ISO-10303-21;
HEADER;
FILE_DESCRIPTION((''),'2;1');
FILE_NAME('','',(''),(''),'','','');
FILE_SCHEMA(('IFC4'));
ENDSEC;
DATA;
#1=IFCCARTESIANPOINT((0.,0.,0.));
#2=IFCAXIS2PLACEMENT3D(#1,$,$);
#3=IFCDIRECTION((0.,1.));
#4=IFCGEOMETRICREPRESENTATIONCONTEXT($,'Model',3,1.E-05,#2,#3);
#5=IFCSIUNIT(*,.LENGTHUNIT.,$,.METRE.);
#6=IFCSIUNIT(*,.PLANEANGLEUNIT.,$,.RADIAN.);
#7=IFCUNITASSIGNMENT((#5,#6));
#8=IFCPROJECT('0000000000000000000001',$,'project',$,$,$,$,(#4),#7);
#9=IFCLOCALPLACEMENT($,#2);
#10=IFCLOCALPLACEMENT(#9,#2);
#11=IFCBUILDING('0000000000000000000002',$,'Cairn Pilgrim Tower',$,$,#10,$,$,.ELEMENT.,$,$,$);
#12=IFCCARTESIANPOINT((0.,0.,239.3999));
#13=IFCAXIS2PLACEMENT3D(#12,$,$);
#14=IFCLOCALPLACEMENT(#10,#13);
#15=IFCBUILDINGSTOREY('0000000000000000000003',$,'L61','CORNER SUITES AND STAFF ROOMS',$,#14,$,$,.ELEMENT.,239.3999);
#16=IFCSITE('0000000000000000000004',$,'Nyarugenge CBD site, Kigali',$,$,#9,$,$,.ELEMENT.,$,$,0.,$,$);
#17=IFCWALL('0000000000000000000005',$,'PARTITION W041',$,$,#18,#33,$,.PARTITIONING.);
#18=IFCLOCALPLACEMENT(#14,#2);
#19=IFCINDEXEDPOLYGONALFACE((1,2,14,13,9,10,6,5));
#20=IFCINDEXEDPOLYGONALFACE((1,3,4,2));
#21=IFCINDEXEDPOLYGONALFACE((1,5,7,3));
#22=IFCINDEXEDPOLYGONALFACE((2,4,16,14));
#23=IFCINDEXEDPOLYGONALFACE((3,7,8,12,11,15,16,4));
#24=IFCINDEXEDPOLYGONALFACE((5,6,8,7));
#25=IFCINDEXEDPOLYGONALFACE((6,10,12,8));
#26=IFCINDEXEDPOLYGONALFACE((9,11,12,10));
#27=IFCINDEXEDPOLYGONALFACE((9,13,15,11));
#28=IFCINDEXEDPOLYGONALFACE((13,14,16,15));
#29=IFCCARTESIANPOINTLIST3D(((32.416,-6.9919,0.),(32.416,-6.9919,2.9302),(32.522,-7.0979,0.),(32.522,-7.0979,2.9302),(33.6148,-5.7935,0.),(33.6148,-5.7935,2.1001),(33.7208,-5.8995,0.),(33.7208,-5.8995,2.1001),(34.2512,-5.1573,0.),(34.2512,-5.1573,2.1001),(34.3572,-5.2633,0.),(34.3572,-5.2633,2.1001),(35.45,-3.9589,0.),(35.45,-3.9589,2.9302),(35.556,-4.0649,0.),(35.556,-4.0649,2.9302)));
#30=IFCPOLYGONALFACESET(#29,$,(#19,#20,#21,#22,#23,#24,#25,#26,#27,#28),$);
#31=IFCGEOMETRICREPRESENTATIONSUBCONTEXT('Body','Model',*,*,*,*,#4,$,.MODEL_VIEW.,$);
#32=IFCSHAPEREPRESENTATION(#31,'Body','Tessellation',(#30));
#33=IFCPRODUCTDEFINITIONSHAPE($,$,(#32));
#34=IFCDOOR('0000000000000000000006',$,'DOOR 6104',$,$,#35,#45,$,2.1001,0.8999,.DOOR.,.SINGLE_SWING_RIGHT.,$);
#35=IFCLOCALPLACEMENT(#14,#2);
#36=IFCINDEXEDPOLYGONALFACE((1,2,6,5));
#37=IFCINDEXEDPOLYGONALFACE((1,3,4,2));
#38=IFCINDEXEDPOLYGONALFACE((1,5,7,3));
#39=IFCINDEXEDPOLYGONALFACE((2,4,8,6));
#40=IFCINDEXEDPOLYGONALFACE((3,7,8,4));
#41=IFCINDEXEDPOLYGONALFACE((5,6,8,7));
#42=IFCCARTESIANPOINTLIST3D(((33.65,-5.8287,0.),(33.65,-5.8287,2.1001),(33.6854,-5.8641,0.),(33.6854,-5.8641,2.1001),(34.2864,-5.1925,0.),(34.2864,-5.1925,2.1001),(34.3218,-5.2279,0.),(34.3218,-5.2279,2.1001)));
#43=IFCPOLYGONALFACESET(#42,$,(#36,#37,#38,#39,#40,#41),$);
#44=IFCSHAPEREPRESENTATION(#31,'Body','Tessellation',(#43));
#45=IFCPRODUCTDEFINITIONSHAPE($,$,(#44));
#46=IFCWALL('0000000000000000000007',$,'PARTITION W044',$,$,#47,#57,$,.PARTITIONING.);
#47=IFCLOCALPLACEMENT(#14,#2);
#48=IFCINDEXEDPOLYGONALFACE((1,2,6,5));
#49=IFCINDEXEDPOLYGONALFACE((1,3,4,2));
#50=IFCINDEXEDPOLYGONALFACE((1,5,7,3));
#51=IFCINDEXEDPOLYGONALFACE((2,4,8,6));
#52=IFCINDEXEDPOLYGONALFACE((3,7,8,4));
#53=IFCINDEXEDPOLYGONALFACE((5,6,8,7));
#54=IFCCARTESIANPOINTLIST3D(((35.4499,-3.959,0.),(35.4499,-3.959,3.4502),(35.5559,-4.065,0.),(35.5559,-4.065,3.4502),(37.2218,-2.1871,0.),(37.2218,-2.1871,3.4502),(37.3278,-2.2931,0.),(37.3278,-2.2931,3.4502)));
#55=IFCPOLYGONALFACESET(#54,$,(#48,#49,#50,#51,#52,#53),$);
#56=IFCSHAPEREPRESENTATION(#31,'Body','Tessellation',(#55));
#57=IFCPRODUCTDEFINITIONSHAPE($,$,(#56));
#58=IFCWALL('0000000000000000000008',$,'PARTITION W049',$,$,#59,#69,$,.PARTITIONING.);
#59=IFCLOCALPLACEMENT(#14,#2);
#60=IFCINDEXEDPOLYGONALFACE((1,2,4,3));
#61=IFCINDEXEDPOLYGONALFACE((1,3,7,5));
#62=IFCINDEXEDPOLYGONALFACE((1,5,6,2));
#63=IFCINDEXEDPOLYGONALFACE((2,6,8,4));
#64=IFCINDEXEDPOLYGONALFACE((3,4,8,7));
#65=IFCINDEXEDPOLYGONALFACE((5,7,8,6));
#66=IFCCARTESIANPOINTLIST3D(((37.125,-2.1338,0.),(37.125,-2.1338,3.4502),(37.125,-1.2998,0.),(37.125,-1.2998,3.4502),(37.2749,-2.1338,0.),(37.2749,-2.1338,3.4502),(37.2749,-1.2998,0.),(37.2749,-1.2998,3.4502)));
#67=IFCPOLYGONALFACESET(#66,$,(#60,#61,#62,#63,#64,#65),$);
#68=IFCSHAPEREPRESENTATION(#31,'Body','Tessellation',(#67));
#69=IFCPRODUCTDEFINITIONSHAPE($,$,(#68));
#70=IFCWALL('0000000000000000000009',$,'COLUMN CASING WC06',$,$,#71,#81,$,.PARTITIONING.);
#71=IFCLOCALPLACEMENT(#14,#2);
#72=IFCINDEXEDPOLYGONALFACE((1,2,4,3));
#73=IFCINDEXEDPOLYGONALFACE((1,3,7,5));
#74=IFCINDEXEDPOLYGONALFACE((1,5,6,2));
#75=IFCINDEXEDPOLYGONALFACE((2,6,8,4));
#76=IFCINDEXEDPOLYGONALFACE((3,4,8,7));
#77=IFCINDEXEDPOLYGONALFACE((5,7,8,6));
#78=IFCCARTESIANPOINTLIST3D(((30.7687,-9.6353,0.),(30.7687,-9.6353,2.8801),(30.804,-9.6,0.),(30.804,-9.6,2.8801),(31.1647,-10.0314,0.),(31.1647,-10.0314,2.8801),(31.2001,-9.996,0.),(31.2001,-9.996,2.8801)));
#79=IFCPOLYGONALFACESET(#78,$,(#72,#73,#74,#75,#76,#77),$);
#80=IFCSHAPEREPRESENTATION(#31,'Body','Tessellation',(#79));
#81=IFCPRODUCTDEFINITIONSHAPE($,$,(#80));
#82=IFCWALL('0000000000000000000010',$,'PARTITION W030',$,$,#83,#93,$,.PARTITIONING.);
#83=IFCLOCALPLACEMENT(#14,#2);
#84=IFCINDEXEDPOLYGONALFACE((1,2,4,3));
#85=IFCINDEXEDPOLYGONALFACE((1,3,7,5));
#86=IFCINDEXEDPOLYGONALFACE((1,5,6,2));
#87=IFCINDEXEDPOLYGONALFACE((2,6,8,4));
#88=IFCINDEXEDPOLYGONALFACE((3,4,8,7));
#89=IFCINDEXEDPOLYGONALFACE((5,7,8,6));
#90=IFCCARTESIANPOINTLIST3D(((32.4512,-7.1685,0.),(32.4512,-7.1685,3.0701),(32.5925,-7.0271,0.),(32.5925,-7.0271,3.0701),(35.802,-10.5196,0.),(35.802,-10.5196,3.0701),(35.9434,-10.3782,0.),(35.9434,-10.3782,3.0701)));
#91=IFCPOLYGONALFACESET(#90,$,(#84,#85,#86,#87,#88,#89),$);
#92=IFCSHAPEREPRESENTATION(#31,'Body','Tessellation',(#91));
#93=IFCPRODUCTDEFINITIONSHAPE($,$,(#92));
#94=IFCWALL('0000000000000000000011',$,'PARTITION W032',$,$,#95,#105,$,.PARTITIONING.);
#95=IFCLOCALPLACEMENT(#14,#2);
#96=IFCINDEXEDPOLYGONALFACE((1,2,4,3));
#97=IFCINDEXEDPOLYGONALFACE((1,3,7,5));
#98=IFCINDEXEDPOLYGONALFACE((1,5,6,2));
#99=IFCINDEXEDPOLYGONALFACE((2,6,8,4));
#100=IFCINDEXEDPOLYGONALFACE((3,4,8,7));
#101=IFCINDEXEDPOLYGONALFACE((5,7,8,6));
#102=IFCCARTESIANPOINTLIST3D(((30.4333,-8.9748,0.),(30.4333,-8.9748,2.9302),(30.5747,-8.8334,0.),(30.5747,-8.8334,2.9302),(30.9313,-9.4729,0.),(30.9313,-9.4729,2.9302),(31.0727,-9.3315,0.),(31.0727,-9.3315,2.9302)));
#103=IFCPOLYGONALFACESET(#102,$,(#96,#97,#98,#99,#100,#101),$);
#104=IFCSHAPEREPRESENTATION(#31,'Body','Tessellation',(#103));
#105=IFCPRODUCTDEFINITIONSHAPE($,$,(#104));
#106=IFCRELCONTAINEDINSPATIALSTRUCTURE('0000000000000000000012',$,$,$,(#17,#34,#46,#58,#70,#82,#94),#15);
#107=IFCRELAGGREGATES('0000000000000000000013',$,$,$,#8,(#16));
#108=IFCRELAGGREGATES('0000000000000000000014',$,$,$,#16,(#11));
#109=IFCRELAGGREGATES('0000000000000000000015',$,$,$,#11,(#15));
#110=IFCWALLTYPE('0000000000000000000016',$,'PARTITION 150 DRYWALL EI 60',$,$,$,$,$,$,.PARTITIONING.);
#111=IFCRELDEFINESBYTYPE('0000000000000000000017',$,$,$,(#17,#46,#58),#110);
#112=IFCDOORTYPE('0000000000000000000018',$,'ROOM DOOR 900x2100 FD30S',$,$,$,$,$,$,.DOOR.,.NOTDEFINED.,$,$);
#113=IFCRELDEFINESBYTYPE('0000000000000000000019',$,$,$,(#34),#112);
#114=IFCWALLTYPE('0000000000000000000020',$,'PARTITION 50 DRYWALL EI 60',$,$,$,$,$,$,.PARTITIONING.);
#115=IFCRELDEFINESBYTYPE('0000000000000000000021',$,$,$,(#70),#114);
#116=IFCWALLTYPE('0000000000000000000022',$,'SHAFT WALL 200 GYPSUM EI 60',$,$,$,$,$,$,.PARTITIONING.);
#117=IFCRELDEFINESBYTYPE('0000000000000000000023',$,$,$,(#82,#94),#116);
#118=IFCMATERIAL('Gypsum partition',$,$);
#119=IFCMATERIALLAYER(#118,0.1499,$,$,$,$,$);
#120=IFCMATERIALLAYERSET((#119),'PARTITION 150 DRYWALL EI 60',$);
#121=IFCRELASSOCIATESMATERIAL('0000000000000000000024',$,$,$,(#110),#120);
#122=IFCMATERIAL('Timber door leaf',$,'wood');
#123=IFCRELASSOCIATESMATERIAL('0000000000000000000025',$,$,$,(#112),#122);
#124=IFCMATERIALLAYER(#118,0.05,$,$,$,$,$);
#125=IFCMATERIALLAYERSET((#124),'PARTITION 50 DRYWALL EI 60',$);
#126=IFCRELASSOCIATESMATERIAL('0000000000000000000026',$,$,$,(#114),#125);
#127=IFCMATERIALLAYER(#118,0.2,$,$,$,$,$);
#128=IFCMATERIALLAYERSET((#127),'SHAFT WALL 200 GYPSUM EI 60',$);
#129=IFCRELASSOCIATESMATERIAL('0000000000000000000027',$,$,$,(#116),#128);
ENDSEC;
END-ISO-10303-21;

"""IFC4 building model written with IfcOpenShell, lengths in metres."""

from ifc_helpers import new_model, si_unit, direction, frame, frame_2d, origin, place, context, subcontext, project, spatial, rectangle, extrude, material, layer, layer_set, type_object, element, fill, save


model = new_model("IFC4")

# Units and contexts
model_context = context("Model", 3, precision=1e-05, world=origin(), true_north=direction((0.0, 1.0)))
body_context = subcontext(model_context, "Body", "Model", "MODEL_VIEW")
ifc_project = project(units=[si_unit("LENGTHUNIT", "METRE"), si_unit("PLANEANGLEUNIT", "RADIAN")], contexts=[model_context])

# Site, building, storey
site_placement = place(None, origin())
site = spatial("IfcSite", under=ifc_project, at=site_placement, Name="Nyarugenge CBD site, Kigali", CompositionType="ELEMENT", RefElevation=0.0)
building_placement = place(site_placement, origin())
building = spatial("IfcBuilding", under=site, at=building_placement, Name="Cairn Pilgrim Tower", CompositionType="ELEMENT")
storey_placement = place(building_placement, frame((0.0, 0.0, 239.3999)))
storey = spatial("IfcBuildingStorey", under=building, at=storey_placement, Name="L61", Description="CORNER SUITES AND STAFF ROOMS", CompositionType="ELEMENT", Elevation=239.3999)

# Shared definitions
ifc_material_1 = material(Name="Gypsum partition")

# Wall, opening, door
ifc_material_2 = material(Name="Timber door leaf", Category="wood")
ifc_layer_1 = layer(ifc_material_1, 0.1499)
ifc_layer_set_1 = layer_set([ifc_layer_1], Name="PARTITION 150 DRYWALL EI 60")
wall_type_1 = type_object("IfcWallType", Name="PARTITION 150 DRYWALL EI 60", PredefinedType="PARTITIONING", material=ifc_layer_set_1)
wall_1_placement = place(storey_placement, frame((32.469, -7.0449, 0.0), z_axis=(0.0, 0.0, 1.0), x_axis=(0.707221, 0.706993, 0.0)))
wall_1 = element("IfcWall", 1, at=wall_1_placement, inside=storey, type_object=wall_type_1, Name="PARTITION W041", PredefinedType="PARTITIONING", context=body_context, shape_type="SweptSolid", body=[
    extrude(rectangle(XDim=4.29, YDim=0.1499, at=frame_2d((2.145, 0.0))), origin(), (0.0, 0.0, 1.0), 2.9302),
])
opening_1_placement = place(wall_1_placement, frame((1.6951, 0.0, 0.0)))
opening_1 = element("IfcOpeningElement", 2, at=opening_1_placement, cuts=wall_1, PredefinedType="OPENING", context=body_context, shape_type="SweptSolid", body=[
    extrude(rectangle(XDim=0.8999, YDim=2.1001, at=frame_2d((0.45, 1.05))), frame((0.0, 0.085, 0.0), z_axis=(0.0, -1.0, 0.0), x_axis=(1.0, 0.0, 0.0)), (0.0, 0.0, 1.0), 0.1699),
])
door_type_1 = type_object("IfcDoorType", Name="ROOM DOOR 900x2100 FD30S", OperationType="NOTDEFINED", PredefinedType="DOOR", material=ifc_material_2)
door_1_placement = place(opening_1_placement, frame((0.8999, 0.0, 0.0), z_axis=(0.0, 0.0, 1.0), x_axis=(-1.0, 0.0, 0.0)))
door_1 = element("IfcDoor", 3, at=door_1_placement, inside=storey, type_object=door_type_1, Name="DOOR 6104", OperationType="SINGLE_SWING_RIGHT", OverallHeight=2.1001, OverallWidth=0.8999, PredefinedType="DOOR", context=body_context, shape_type="SweptSolid", body=[
    extrude(rectangle(XDim=0.8999, YDim=2.1001, at=frame_2d((0.45, 1.05))), frame((0.0, 0.0249, 0.0), z_axis=(0.0, -1.0, 0.0), x_axis=(1.0, 0.0, 0.0)), (0.0, 0.0, 1.0), 0.05),
])
fill(opening_1, door_1)

# Walls
wall_2_placement = place(storey_placement, frame((35.5029, -4.012, 0.0), z_axis=(0.0, 0.0, 1.0), x_axis=(0.707107, 0.707107, 0.0)))
element("IfcWall", 4, at=wall_2_placement, inside=storey, type_object=wall_type_1, Name="PARTITION W044", PredefinedType="PARTITIONING", context=body_context, shape_type="SweptSolid", body=[
    extrude(rectangle(XDim=2.5059, YDim=0.1499, at=frame_2d((1.2529, 0.0))), origin(), (0.0, 0.0, 1.0), 3.4502),
])
wall_3_placement = place(storey_placement, frame((37.2, -2.1338, 0.0), z_axis=(0.0, 0.0, 1.0), x_axis=(0.0, 1.0, 0.0)))
element("IfcWall", 5, at=wall_3_placement, inside=storey, type_object=wall_type_1, Name="PARTITION W049", PredefinedType="PARTITIONING", context=body_context, shape_type="SweptSolid", body=[
    extrude(rectangle(XDim=0.834, YDim=0.1499, at=frame_2d((0.417, 0.0))), origin(), (0.0, 0.0, 1.0), 3.4502),
])
ifc_layer_2 = layer(ifc_material_1, 0.05)
ifc_layer_set_2 = layer_set([ifc_layer_2], Name="PARTITION 50 DRYWALL EI 60")
wall_type_2 = type_object("IfcWallType", Name="PARTITION 50 DRYWALL EI 60", PredefinedType="PARTITIONING", material=ifc_layer_set_2)
wall_4_placement = place(storey_placement, frame((31.1824, -10.0137, 0.0), z_axis=(0.0, 0.0, 1.0), x_axis=(-0.707107, 0.707107, 0.0)))
element("IfcWall", 6, at=wall_4_placement, inside=storey, type_object=wall_type_2, Name="COLUMN CASING WC06", PredefinedType="PARTITIONING", context=body_context, shape_type="SweptSolid", body=[
    extrude(rectangle(XDim=0.5601, YDim=0.05, at=frame_2d((0.28, 0.0))), origin(), (0.0, 0.0, 1.0), 2.8801),
])
ifc_layer_3 = layer(ifc_material_1, 0.2)
ifc_layer_set_3 = layer_set([ifc_layer_3], Name="SHAFT WALL 200 GYPSUM EI 60")
wall_type_3 = type_object("IfcWallType", Name="SHAFT WALL 200 GYPSUM EI 60", PredefinedType="PARTITIONING", material=ifc_layer_set_3)
wall_5_placement = place(storey_placement, frame((35.8728, -10.449, 0.0), z_axis=(0.0, 0.0, 1.0), x_axis=(-0.707081, 0.707133, 0.0)))
element("IfcWall", 7, at=wall_5_placement, inside=storey, type_object=wall_type_3, Name="PARTITION W030", PredefinedType="PARTITIONING", context=body_context, shape_type="SweptSolid", body=[
    extrude(rectangle(XDim=4.739, YDim=0.2, at=frame_2d((2.3696, 0.0))), origin(), (0.0, 0.0, 1.0), 3.0701),
])
wall_6_placement = place(storey_placement, frame((31.002, -9.4021, 0.0), z_axis=(0.0, 0.0, 1.0), x_axis=(-0.707107, 0.707107, 0.0)))
element("IfcWall", 8, at=wall_6_placement, inside=storey, type_object=wall_type_3, Name="PARTITION W032", PredefinedType="PARTITIONING", context=body_context, shape_type="SweptSolid", body=[
    extrude(rectangle(XDim=0.7043, YDim=0.2, at=frame_2d((0.3521, 0.0))), origin(), (0.0, 0.0, 1.0), 2.9302),
])

save(model, "model.ifc")
